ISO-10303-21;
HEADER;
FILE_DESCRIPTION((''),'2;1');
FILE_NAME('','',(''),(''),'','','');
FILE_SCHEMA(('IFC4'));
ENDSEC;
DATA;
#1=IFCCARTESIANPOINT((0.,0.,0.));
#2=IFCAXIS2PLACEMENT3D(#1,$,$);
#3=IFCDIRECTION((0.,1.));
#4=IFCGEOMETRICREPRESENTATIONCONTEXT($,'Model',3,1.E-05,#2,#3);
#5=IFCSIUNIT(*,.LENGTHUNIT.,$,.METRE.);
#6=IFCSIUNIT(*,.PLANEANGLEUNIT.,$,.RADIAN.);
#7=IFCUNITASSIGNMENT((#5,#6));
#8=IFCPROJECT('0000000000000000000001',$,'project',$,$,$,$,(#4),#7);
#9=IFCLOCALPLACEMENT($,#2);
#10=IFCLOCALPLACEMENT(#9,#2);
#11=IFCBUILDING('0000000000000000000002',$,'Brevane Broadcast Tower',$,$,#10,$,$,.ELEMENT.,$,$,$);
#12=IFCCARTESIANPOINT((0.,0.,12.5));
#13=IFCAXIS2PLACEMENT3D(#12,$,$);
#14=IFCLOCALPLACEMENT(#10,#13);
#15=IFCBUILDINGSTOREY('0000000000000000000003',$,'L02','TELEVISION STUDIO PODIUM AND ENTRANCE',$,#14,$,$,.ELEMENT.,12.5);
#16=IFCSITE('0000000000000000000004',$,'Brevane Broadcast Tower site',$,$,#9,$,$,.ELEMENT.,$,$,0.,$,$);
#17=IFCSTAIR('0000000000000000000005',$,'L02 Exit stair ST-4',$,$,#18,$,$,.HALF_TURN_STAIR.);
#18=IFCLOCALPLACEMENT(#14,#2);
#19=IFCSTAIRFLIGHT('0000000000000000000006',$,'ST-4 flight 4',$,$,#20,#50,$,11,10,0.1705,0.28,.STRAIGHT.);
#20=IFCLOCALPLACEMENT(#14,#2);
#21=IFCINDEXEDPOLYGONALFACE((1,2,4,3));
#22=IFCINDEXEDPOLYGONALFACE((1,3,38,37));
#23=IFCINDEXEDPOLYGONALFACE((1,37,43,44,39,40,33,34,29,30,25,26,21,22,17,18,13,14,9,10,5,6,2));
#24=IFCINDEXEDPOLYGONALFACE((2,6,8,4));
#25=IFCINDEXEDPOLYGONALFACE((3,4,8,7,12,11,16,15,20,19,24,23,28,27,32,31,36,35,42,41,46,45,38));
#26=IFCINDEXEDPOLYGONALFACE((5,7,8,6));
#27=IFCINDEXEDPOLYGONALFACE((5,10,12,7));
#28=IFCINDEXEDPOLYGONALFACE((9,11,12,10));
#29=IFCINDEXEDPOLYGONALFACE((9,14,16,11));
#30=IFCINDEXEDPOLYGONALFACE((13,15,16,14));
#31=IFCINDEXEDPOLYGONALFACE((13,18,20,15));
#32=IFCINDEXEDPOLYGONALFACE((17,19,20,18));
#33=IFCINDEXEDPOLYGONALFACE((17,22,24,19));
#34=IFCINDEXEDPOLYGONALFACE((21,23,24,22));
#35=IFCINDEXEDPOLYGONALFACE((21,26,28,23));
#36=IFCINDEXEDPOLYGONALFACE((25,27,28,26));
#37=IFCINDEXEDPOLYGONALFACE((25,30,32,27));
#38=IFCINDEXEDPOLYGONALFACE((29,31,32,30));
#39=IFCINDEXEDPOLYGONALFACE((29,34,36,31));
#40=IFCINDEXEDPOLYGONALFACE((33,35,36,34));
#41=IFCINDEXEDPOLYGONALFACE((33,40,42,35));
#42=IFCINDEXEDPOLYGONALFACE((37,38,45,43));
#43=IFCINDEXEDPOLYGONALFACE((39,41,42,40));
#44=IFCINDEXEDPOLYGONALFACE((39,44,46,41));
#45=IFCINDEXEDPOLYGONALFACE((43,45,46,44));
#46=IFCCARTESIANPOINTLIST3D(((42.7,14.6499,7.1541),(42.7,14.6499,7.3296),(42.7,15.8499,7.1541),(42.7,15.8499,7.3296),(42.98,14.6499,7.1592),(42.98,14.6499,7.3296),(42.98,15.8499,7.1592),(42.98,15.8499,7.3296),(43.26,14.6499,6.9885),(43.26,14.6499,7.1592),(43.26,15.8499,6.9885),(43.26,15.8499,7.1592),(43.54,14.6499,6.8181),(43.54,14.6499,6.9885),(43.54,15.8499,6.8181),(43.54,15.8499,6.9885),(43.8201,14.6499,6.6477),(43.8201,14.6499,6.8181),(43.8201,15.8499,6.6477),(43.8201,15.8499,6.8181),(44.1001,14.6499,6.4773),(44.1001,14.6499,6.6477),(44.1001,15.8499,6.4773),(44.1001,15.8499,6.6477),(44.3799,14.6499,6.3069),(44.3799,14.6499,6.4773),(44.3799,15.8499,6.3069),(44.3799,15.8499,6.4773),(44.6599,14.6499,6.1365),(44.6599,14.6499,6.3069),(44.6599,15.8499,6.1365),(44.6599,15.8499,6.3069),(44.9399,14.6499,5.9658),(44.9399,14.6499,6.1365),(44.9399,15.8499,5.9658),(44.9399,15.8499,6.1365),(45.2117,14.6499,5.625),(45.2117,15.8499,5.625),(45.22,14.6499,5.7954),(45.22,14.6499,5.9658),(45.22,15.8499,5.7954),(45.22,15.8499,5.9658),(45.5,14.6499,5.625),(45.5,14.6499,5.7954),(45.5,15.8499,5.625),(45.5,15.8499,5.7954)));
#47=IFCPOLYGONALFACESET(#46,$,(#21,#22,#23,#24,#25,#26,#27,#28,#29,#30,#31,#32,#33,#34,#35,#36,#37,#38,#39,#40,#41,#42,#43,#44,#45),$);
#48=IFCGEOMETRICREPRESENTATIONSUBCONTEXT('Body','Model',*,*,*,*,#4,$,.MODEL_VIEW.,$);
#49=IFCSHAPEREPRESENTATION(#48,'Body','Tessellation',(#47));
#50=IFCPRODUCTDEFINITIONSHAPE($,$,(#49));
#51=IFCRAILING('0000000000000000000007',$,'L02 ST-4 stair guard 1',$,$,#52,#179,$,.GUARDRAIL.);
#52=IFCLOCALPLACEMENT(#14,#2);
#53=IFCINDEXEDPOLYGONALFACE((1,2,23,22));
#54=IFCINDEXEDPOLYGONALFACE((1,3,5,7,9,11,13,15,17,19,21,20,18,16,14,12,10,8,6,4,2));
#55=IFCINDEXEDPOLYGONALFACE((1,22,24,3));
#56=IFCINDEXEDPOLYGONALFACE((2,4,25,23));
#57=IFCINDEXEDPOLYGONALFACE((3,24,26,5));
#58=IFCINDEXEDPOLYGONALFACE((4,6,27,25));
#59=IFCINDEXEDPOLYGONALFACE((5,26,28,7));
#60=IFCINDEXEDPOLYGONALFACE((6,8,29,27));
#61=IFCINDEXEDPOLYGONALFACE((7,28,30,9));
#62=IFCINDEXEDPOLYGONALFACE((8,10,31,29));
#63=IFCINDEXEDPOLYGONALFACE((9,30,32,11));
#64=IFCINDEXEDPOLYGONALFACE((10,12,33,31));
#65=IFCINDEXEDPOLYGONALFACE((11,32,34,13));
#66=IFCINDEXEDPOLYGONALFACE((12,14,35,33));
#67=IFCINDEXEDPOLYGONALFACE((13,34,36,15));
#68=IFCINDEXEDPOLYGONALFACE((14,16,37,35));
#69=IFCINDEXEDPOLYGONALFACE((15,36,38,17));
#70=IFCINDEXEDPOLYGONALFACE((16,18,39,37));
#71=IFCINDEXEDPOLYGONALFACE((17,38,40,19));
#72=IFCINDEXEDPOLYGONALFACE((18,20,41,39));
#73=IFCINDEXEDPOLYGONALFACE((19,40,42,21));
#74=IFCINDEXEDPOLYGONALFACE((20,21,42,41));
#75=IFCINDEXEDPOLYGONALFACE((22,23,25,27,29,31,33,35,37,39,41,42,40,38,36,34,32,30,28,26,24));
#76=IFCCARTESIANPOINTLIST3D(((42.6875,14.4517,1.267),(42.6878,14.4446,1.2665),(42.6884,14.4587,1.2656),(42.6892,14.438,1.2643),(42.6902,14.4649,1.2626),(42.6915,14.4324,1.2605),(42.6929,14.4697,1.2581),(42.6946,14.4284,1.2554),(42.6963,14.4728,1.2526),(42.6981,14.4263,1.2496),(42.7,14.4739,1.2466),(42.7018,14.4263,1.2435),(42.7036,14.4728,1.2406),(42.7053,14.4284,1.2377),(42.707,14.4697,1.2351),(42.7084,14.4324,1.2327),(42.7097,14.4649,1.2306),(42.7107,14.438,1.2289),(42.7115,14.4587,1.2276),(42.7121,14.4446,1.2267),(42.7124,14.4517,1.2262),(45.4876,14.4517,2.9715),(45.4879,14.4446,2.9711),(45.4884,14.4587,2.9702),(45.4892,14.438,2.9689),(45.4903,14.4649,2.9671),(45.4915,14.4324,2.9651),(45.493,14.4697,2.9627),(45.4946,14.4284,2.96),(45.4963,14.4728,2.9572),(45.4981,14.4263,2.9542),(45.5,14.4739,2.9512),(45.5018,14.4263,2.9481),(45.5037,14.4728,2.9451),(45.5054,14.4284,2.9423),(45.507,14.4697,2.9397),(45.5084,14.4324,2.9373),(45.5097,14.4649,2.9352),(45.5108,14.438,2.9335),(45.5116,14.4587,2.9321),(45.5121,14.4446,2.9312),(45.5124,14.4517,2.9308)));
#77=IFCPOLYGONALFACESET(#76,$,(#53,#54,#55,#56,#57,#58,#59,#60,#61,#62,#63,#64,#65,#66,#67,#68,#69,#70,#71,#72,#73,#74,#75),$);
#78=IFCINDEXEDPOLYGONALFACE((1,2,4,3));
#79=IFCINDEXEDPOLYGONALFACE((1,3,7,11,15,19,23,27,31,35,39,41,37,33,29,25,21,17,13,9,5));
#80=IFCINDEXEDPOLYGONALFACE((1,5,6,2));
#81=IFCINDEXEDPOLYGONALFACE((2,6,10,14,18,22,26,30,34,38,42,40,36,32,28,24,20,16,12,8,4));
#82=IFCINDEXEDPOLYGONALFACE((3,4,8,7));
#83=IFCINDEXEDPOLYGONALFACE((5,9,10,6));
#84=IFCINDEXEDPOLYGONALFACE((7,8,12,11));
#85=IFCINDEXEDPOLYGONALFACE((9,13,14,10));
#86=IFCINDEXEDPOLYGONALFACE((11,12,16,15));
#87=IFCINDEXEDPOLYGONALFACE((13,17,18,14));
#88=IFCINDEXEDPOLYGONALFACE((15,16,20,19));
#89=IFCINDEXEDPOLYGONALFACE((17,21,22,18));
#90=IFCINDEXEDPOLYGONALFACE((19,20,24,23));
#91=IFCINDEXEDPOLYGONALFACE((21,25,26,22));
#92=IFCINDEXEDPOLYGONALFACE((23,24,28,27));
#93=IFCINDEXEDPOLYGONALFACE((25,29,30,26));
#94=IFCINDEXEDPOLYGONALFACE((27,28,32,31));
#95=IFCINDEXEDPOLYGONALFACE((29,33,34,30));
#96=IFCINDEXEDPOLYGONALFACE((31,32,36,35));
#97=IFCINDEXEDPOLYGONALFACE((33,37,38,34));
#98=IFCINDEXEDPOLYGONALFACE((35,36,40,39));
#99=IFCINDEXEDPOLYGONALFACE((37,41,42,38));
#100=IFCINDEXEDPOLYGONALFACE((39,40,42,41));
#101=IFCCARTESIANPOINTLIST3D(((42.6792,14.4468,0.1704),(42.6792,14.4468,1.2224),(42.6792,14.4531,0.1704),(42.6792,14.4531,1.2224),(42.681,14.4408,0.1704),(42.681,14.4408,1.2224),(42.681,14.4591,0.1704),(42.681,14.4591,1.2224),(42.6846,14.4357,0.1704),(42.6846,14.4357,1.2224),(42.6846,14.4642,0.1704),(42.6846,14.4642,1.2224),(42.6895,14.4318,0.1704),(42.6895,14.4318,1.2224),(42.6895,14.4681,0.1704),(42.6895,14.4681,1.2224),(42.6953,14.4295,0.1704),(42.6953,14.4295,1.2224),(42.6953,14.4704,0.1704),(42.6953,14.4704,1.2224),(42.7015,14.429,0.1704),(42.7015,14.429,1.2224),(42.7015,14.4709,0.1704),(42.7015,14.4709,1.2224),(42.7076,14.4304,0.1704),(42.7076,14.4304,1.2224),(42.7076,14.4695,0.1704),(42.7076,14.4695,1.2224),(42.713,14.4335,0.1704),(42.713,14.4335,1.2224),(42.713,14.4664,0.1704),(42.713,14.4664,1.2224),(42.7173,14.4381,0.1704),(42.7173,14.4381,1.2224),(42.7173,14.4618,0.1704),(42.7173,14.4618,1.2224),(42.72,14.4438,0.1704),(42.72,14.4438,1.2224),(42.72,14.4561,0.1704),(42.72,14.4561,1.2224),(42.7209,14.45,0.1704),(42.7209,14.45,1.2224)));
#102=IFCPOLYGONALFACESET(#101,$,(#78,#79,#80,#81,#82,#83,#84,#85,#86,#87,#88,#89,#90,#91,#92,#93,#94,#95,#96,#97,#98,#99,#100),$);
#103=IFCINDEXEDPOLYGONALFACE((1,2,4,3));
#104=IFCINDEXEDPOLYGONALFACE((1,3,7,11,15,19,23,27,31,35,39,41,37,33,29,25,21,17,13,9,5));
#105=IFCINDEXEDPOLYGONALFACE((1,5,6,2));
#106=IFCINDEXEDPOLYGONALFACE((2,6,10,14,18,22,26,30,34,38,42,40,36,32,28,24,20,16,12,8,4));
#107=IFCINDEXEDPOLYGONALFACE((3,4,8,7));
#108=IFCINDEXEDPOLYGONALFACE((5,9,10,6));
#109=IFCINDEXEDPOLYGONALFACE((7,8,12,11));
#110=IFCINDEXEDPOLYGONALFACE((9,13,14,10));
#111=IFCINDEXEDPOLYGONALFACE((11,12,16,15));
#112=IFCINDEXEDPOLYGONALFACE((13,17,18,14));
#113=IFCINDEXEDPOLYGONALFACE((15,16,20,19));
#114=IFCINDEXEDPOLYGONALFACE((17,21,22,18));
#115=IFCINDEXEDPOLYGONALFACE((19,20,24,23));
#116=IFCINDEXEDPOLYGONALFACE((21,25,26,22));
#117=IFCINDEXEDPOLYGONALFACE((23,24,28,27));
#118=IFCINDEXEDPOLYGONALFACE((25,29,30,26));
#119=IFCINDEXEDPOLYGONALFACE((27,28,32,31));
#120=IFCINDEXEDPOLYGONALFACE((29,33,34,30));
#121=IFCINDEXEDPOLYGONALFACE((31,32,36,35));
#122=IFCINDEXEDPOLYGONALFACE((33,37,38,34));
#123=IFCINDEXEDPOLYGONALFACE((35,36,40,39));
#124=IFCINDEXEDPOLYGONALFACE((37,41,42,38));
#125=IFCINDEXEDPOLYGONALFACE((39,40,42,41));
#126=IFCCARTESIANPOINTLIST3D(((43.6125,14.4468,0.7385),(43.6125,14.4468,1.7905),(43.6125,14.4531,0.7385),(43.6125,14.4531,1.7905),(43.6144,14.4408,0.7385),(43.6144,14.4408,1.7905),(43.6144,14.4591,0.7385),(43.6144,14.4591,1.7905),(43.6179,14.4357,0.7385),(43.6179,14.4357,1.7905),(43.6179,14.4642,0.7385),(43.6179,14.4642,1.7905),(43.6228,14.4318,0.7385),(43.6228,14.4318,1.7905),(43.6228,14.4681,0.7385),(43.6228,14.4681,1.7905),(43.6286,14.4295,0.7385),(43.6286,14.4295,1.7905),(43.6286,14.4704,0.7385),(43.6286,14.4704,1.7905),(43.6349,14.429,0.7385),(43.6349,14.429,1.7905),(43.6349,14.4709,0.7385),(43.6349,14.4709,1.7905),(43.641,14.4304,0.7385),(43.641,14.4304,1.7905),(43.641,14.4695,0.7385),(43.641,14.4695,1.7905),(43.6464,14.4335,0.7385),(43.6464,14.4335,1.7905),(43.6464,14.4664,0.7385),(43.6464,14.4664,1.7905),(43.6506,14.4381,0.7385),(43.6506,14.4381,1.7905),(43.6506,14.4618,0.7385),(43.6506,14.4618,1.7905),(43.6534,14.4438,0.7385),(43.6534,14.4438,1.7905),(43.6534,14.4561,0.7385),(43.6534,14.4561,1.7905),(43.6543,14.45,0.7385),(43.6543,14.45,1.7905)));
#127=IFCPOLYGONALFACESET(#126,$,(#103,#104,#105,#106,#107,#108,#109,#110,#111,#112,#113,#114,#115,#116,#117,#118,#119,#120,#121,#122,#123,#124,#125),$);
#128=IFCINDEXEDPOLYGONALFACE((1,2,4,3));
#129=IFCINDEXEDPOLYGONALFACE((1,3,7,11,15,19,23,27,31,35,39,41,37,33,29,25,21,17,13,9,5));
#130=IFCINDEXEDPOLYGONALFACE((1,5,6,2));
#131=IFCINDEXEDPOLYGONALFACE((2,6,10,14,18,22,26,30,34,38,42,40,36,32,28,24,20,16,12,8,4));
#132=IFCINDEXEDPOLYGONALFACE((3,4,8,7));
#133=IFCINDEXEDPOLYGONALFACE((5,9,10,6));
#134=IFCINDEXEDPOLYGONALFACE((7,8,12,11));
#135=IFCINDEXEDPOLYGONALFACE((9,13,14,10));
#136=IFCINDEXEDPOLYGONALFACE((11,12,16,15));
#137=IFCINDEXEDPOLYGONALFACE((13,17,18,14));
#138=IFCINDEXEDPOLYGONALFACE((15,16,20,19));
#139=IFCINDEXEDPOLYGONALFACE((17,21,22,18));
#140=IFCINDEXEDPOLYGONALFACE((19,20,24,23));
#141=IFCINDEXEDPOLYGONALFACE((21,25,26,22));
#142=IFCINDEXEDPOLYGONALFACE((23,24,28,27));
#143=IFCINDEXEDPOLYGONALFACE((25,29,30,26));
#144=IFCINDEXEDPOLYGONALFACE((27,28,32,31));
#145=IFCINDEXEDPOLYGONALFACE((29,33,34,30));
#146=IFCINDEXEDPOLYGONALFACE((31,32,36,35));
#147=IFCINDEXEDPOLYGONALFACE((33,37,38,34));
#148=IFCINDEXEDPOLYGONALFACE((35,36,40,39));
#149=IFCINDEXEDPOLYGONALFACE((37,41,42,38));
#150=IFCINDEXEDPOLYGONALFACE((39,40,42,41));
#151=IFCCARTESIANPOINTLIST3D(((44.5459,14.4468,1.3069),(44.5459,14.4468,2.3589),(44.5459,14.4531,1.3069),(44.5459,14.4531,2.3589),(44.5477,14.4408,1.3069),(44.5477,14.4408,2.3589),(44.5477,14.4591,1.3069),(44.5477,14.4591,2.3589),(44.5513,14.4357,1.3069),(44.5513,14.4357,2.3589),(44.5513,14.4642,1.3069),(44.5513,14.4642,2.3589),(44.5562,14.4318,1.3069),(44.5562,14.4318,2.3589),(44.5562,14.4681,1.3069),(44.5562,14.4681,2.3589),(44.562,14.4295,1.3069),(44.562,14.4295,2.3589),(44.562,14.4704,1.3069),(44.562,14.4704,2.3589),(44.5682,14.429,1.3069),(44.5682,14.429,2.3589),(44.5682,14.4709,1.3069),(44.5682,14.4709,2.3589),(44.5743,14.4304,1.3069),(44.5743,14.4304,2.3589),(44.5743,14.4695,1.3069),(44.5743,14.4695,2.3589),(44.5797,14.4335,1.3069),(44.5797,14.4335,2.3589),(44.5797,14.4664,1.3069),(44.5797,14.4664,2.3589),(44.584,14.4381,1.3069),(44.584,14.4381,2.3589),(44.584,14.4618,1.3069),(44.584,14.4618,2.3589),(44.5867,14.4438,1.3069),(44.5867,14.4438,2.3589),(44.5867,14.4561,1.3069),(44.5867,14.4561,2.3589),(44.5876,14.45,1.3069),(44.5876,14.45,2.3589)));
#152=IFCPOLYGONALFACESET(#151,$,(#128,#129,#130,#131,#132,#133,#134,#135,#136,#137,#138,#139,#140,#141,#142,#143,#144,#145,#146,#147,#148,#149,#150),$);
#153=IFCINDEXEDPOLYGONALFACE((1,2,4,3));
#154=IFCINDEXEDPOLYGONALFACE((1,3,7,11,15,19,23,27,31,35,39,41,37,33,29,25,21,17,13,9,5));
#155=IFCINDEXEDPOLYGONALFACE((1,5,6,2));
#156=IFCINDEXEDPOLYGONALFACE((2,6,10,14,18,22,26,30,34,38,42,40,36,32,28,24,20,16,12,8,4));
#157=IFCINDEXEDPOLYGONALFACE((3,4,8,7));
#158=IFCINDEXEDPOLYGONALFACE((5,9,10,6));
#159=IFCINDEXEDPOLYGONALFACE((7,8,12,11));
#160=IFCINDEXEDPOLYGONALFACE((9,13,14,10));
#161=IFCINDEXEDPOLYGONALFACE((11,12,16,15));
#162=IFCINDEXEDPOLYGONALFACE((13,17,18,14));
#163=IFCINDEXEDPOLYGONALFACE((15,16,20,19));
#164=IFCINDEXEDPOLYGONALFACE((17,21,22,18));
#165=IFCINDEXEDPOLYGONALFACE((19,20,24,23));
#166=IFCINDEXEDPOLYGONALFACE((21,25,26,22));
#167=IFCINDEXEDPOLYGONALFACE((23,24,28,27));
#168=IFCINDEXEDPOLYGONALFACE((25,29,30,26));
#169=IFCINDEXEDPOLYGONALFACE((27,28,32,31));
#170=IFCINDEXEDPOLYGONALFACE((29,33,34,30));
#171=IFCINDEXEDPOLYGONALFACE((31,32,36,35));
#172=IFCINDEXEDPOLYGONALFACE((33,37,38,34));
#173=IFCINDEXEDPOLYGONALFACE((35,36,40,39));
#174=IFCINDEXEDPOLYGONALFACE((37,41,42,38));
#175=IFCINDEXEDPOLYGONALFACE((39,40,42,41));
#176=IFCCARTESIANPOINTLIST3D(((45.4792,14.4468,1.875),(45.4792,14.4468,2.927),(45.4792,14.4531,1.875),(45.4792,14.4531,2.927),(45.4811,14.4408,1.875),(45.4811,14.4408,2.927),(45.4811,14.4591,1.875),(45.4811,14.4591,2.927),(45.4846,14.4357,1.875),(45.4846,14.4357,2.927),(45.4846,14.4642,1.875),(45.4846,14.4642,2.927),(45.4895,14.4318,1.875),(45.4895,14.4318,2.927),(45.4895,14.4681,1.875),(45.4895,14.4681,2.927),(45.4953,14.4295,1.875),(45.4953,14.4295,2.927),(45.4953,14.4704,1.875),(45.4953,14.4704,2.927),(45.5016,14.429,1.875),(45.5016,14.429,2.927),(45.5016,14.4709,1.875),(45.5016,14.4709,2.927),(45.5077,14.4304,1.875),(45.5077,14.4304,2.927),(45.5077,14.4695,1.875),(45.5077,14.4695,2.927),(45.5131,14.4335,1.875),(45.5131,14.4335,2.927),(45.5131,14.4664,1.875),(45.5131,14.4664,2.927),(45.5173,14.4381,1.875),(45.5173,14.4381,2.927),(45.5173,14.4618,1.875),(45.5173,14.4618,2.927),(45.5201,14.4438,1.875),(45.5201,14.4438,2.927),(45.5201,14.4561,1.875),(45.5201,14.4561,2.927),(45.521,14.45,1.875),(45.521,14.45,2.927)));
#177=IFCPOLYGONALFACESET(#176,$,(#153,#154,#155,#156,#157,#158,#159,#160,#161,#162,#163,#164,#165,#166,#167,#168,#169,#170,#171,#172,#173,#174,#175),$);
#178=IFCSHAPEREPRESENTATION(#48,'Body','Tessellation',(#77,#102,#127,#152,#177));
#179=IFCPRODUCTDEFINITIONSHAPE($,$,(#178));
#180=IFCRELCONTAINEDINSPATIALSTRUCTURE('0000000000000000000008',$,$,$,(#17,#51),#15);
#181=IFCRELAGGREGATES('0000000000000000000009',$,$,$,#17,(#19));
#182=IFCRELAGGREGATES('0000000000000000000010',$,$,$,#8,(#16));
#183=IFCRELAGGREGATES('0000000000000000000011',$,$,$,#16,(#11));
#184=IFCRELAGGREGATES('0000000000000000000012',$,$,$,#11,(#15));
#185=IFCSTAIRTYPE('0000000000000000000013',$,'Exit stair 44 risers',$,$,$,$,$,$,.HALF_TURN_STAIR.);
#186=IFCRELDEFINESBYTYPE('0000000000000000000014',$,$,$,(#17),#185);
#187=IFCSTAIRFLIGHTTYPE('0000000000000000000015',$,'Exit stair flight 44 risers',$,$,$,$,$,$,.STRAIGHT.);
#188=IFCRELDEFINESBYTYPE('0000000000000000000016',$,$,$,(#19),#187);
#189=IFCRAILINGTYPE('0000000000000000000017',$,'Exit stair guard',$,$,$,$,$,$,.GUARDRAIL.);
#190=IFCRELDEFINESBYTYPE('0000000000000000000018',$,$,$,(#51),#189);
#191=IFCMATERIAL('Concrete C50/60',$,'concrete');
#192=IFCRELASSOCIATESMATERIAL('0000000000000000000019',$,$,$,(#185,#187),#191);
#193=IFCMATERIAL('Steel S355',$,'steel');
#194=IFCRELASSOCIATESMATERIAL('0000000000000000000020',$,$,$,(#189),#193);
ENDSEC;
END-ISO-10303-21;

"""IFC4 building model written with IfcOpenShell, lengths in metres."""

from ifc_helpers import new_model, si_unit, direction, frame, origin, origin_2d, place, context, subcontext, project, spatial, polyline, circle, outline, extrude, material, type_object, element, aggregate, save


model = new_model("IFC4")

# Units and contexts
model_context = context("Model", 3, precision=1e-05, world=origin(), true_north=direction((0.0, 1.0)))
body_context = subcontext(model_context, "Body", "Model", "MODEL_VIEW")
ifc_project = project(units=[si_unit("LENGTHUNIT", "METRE"), si_unit("PLANEANGLEUNIT", "RADIAN")], contexts=[model_context])

# Site, building, storey
site_placement = place(None, origin())
site = spatial("IfcSite", under=ifc_project, at=site_placement, Name="Brevane Broadcast Tower site", CompositionType="ELEMENT", RefElevation=0.0)
building_placement = place(site_placement, origin())
building = spatial("IfcBuilding", under=site, at=building_placement, Name="Brevane Broadcast Tower", CompositionType="ELEMENT")
storey_placement = place(building_placement, frame((0.0, 0.0, 12.5)))
storey = spatial("IfcBuildingStorey", under=building, at=storey_placement, Name="L02", Description="TELEVISION STUDIO PODIUM AND ENTRANCE", CompositionType="ELEMENT", Elevation=12.5)

# Stair, stair flight
ifc_material_1 = material(Name="Concrete C50/60", Category="concrete")
stair_type = type_object("IfcStairType", Name="Exit stair 44 risers", PredefinedType="HALF_TURN_STAIR", material=ifc_material_1)
stair_placement = place(storey_placement, origin())
stair = element("IfcStair", 1, at=stair_placement, inside=storey, type_object=stair_type, Name="L02 Exit stair ST-4", PredefinedType="HALF_TURN_STAIR")
stair_flight_type = type_object("IfcStairFlightType", Name="Exit stair flight 44 risers", PredefinedType="STRAIGHT", material=ifc_material_1)
stair_flight_1_placement = place(storey_placement, frame((45.5, 15.25, 5.625), z_axis=(0.0, 0.0, 1.0), x_axis=(-1.0, 0.0, 0.0)))
stair_flight_1 = element("IfcStairFlight", 2, at=stair_flight_1_placement, type_object=stair_flight_type, Name="ST-4 flight 4", NumberOfRisers=11, NumberOfTreads=10, PredefinedType="STRAIGHT", RiserHeight=0.1705, TreadLength=0.28, context=body_context, shape_type="SweptSolid", body=[
    extrude(outline(polyline([(0.0, 0.0), (0.0, 0.1704), (0.28, 0.1704), (0.28, 0.3408), (0.5601, 0.3408), (0.5601, 0.5115), (0.8401, 0.5115), (0.8401, 0.6819), (1.1201, 0.6819), (1.1201, 0.8523), (1.3999, 0.8523), (1.3999, 1.0227), (1.6799, 1.0227), (1.6799, 1.1931), (1.96, 1.1931), (1.96, 1.3635), (2.24, 1.3635), (2.24, 1.5342), (2.52, 1.5342), (2.52, 1.7046), (2.8, 1.7046), (2.8, 1.875), (2.8, 1.5291), (0.2883, 0.0), (0.0, 0.0)])), frame((0.0, 0.6001, 0.0), z_axis=(0.0, -1.0, 0.0), x_axis=(1.0, 0.0, 0.0)), (0.0, 0.0, 1.0), 1.2),
])
aggregate(stair, [stair_flight_1])

# Railing
ifc_material_2 = material(Name="Steel S355", Category="steel")
railing_type_1 = type_object("IfcRailingType", Name="Exit stair guard", PredefinedType="GUARDRAIL", material=ifc_material_2)
railing_1_placement = place(storey_placement, frame((42.7, 14.45, 0.1704)))
element("IfcRailing", 3, at=railing_1_placement, inside=storey, type_object=railing_type_1, Name="L02 ST-4 stair guard 1", PredefinedType="GUARDRAIL", context=body_context, shape_type="SweptSolid", body=[
    extrude(circle(Radius=0.0239, at=origin_2d()), frame((0.0, 0.0, 1.0762), z_axis=(0.85417, 0.0, 0.519994), x_axis=(0.0, 1.0, 0.0)), (0.0, 0.0, 1.0), 3.2781),
    extrude(circle(Radius=0.021, at=origin_2d()), origin(), (0.0, 0.0, 1.0), 1.052),
    extrude(circle(Radius=0.021, at=origin_2d()), frame((0.9333, 0.0, 0.5681)), (0.0, 0.0, 1.0), 1.052),
    extrude(circle(Radius=0.021, at=origin_2d()), frame((1.8667, 0.0, 1.1365)), (0.0, 0.0, 1.0), 1.052),
    extrude(circle(Radius=0.021, at=origin_2d()), frame((2.8, 0.0, 1.7046)), (0.0, 0.0, 1.0), 1.052),
])

save(model, "model.ifc")
